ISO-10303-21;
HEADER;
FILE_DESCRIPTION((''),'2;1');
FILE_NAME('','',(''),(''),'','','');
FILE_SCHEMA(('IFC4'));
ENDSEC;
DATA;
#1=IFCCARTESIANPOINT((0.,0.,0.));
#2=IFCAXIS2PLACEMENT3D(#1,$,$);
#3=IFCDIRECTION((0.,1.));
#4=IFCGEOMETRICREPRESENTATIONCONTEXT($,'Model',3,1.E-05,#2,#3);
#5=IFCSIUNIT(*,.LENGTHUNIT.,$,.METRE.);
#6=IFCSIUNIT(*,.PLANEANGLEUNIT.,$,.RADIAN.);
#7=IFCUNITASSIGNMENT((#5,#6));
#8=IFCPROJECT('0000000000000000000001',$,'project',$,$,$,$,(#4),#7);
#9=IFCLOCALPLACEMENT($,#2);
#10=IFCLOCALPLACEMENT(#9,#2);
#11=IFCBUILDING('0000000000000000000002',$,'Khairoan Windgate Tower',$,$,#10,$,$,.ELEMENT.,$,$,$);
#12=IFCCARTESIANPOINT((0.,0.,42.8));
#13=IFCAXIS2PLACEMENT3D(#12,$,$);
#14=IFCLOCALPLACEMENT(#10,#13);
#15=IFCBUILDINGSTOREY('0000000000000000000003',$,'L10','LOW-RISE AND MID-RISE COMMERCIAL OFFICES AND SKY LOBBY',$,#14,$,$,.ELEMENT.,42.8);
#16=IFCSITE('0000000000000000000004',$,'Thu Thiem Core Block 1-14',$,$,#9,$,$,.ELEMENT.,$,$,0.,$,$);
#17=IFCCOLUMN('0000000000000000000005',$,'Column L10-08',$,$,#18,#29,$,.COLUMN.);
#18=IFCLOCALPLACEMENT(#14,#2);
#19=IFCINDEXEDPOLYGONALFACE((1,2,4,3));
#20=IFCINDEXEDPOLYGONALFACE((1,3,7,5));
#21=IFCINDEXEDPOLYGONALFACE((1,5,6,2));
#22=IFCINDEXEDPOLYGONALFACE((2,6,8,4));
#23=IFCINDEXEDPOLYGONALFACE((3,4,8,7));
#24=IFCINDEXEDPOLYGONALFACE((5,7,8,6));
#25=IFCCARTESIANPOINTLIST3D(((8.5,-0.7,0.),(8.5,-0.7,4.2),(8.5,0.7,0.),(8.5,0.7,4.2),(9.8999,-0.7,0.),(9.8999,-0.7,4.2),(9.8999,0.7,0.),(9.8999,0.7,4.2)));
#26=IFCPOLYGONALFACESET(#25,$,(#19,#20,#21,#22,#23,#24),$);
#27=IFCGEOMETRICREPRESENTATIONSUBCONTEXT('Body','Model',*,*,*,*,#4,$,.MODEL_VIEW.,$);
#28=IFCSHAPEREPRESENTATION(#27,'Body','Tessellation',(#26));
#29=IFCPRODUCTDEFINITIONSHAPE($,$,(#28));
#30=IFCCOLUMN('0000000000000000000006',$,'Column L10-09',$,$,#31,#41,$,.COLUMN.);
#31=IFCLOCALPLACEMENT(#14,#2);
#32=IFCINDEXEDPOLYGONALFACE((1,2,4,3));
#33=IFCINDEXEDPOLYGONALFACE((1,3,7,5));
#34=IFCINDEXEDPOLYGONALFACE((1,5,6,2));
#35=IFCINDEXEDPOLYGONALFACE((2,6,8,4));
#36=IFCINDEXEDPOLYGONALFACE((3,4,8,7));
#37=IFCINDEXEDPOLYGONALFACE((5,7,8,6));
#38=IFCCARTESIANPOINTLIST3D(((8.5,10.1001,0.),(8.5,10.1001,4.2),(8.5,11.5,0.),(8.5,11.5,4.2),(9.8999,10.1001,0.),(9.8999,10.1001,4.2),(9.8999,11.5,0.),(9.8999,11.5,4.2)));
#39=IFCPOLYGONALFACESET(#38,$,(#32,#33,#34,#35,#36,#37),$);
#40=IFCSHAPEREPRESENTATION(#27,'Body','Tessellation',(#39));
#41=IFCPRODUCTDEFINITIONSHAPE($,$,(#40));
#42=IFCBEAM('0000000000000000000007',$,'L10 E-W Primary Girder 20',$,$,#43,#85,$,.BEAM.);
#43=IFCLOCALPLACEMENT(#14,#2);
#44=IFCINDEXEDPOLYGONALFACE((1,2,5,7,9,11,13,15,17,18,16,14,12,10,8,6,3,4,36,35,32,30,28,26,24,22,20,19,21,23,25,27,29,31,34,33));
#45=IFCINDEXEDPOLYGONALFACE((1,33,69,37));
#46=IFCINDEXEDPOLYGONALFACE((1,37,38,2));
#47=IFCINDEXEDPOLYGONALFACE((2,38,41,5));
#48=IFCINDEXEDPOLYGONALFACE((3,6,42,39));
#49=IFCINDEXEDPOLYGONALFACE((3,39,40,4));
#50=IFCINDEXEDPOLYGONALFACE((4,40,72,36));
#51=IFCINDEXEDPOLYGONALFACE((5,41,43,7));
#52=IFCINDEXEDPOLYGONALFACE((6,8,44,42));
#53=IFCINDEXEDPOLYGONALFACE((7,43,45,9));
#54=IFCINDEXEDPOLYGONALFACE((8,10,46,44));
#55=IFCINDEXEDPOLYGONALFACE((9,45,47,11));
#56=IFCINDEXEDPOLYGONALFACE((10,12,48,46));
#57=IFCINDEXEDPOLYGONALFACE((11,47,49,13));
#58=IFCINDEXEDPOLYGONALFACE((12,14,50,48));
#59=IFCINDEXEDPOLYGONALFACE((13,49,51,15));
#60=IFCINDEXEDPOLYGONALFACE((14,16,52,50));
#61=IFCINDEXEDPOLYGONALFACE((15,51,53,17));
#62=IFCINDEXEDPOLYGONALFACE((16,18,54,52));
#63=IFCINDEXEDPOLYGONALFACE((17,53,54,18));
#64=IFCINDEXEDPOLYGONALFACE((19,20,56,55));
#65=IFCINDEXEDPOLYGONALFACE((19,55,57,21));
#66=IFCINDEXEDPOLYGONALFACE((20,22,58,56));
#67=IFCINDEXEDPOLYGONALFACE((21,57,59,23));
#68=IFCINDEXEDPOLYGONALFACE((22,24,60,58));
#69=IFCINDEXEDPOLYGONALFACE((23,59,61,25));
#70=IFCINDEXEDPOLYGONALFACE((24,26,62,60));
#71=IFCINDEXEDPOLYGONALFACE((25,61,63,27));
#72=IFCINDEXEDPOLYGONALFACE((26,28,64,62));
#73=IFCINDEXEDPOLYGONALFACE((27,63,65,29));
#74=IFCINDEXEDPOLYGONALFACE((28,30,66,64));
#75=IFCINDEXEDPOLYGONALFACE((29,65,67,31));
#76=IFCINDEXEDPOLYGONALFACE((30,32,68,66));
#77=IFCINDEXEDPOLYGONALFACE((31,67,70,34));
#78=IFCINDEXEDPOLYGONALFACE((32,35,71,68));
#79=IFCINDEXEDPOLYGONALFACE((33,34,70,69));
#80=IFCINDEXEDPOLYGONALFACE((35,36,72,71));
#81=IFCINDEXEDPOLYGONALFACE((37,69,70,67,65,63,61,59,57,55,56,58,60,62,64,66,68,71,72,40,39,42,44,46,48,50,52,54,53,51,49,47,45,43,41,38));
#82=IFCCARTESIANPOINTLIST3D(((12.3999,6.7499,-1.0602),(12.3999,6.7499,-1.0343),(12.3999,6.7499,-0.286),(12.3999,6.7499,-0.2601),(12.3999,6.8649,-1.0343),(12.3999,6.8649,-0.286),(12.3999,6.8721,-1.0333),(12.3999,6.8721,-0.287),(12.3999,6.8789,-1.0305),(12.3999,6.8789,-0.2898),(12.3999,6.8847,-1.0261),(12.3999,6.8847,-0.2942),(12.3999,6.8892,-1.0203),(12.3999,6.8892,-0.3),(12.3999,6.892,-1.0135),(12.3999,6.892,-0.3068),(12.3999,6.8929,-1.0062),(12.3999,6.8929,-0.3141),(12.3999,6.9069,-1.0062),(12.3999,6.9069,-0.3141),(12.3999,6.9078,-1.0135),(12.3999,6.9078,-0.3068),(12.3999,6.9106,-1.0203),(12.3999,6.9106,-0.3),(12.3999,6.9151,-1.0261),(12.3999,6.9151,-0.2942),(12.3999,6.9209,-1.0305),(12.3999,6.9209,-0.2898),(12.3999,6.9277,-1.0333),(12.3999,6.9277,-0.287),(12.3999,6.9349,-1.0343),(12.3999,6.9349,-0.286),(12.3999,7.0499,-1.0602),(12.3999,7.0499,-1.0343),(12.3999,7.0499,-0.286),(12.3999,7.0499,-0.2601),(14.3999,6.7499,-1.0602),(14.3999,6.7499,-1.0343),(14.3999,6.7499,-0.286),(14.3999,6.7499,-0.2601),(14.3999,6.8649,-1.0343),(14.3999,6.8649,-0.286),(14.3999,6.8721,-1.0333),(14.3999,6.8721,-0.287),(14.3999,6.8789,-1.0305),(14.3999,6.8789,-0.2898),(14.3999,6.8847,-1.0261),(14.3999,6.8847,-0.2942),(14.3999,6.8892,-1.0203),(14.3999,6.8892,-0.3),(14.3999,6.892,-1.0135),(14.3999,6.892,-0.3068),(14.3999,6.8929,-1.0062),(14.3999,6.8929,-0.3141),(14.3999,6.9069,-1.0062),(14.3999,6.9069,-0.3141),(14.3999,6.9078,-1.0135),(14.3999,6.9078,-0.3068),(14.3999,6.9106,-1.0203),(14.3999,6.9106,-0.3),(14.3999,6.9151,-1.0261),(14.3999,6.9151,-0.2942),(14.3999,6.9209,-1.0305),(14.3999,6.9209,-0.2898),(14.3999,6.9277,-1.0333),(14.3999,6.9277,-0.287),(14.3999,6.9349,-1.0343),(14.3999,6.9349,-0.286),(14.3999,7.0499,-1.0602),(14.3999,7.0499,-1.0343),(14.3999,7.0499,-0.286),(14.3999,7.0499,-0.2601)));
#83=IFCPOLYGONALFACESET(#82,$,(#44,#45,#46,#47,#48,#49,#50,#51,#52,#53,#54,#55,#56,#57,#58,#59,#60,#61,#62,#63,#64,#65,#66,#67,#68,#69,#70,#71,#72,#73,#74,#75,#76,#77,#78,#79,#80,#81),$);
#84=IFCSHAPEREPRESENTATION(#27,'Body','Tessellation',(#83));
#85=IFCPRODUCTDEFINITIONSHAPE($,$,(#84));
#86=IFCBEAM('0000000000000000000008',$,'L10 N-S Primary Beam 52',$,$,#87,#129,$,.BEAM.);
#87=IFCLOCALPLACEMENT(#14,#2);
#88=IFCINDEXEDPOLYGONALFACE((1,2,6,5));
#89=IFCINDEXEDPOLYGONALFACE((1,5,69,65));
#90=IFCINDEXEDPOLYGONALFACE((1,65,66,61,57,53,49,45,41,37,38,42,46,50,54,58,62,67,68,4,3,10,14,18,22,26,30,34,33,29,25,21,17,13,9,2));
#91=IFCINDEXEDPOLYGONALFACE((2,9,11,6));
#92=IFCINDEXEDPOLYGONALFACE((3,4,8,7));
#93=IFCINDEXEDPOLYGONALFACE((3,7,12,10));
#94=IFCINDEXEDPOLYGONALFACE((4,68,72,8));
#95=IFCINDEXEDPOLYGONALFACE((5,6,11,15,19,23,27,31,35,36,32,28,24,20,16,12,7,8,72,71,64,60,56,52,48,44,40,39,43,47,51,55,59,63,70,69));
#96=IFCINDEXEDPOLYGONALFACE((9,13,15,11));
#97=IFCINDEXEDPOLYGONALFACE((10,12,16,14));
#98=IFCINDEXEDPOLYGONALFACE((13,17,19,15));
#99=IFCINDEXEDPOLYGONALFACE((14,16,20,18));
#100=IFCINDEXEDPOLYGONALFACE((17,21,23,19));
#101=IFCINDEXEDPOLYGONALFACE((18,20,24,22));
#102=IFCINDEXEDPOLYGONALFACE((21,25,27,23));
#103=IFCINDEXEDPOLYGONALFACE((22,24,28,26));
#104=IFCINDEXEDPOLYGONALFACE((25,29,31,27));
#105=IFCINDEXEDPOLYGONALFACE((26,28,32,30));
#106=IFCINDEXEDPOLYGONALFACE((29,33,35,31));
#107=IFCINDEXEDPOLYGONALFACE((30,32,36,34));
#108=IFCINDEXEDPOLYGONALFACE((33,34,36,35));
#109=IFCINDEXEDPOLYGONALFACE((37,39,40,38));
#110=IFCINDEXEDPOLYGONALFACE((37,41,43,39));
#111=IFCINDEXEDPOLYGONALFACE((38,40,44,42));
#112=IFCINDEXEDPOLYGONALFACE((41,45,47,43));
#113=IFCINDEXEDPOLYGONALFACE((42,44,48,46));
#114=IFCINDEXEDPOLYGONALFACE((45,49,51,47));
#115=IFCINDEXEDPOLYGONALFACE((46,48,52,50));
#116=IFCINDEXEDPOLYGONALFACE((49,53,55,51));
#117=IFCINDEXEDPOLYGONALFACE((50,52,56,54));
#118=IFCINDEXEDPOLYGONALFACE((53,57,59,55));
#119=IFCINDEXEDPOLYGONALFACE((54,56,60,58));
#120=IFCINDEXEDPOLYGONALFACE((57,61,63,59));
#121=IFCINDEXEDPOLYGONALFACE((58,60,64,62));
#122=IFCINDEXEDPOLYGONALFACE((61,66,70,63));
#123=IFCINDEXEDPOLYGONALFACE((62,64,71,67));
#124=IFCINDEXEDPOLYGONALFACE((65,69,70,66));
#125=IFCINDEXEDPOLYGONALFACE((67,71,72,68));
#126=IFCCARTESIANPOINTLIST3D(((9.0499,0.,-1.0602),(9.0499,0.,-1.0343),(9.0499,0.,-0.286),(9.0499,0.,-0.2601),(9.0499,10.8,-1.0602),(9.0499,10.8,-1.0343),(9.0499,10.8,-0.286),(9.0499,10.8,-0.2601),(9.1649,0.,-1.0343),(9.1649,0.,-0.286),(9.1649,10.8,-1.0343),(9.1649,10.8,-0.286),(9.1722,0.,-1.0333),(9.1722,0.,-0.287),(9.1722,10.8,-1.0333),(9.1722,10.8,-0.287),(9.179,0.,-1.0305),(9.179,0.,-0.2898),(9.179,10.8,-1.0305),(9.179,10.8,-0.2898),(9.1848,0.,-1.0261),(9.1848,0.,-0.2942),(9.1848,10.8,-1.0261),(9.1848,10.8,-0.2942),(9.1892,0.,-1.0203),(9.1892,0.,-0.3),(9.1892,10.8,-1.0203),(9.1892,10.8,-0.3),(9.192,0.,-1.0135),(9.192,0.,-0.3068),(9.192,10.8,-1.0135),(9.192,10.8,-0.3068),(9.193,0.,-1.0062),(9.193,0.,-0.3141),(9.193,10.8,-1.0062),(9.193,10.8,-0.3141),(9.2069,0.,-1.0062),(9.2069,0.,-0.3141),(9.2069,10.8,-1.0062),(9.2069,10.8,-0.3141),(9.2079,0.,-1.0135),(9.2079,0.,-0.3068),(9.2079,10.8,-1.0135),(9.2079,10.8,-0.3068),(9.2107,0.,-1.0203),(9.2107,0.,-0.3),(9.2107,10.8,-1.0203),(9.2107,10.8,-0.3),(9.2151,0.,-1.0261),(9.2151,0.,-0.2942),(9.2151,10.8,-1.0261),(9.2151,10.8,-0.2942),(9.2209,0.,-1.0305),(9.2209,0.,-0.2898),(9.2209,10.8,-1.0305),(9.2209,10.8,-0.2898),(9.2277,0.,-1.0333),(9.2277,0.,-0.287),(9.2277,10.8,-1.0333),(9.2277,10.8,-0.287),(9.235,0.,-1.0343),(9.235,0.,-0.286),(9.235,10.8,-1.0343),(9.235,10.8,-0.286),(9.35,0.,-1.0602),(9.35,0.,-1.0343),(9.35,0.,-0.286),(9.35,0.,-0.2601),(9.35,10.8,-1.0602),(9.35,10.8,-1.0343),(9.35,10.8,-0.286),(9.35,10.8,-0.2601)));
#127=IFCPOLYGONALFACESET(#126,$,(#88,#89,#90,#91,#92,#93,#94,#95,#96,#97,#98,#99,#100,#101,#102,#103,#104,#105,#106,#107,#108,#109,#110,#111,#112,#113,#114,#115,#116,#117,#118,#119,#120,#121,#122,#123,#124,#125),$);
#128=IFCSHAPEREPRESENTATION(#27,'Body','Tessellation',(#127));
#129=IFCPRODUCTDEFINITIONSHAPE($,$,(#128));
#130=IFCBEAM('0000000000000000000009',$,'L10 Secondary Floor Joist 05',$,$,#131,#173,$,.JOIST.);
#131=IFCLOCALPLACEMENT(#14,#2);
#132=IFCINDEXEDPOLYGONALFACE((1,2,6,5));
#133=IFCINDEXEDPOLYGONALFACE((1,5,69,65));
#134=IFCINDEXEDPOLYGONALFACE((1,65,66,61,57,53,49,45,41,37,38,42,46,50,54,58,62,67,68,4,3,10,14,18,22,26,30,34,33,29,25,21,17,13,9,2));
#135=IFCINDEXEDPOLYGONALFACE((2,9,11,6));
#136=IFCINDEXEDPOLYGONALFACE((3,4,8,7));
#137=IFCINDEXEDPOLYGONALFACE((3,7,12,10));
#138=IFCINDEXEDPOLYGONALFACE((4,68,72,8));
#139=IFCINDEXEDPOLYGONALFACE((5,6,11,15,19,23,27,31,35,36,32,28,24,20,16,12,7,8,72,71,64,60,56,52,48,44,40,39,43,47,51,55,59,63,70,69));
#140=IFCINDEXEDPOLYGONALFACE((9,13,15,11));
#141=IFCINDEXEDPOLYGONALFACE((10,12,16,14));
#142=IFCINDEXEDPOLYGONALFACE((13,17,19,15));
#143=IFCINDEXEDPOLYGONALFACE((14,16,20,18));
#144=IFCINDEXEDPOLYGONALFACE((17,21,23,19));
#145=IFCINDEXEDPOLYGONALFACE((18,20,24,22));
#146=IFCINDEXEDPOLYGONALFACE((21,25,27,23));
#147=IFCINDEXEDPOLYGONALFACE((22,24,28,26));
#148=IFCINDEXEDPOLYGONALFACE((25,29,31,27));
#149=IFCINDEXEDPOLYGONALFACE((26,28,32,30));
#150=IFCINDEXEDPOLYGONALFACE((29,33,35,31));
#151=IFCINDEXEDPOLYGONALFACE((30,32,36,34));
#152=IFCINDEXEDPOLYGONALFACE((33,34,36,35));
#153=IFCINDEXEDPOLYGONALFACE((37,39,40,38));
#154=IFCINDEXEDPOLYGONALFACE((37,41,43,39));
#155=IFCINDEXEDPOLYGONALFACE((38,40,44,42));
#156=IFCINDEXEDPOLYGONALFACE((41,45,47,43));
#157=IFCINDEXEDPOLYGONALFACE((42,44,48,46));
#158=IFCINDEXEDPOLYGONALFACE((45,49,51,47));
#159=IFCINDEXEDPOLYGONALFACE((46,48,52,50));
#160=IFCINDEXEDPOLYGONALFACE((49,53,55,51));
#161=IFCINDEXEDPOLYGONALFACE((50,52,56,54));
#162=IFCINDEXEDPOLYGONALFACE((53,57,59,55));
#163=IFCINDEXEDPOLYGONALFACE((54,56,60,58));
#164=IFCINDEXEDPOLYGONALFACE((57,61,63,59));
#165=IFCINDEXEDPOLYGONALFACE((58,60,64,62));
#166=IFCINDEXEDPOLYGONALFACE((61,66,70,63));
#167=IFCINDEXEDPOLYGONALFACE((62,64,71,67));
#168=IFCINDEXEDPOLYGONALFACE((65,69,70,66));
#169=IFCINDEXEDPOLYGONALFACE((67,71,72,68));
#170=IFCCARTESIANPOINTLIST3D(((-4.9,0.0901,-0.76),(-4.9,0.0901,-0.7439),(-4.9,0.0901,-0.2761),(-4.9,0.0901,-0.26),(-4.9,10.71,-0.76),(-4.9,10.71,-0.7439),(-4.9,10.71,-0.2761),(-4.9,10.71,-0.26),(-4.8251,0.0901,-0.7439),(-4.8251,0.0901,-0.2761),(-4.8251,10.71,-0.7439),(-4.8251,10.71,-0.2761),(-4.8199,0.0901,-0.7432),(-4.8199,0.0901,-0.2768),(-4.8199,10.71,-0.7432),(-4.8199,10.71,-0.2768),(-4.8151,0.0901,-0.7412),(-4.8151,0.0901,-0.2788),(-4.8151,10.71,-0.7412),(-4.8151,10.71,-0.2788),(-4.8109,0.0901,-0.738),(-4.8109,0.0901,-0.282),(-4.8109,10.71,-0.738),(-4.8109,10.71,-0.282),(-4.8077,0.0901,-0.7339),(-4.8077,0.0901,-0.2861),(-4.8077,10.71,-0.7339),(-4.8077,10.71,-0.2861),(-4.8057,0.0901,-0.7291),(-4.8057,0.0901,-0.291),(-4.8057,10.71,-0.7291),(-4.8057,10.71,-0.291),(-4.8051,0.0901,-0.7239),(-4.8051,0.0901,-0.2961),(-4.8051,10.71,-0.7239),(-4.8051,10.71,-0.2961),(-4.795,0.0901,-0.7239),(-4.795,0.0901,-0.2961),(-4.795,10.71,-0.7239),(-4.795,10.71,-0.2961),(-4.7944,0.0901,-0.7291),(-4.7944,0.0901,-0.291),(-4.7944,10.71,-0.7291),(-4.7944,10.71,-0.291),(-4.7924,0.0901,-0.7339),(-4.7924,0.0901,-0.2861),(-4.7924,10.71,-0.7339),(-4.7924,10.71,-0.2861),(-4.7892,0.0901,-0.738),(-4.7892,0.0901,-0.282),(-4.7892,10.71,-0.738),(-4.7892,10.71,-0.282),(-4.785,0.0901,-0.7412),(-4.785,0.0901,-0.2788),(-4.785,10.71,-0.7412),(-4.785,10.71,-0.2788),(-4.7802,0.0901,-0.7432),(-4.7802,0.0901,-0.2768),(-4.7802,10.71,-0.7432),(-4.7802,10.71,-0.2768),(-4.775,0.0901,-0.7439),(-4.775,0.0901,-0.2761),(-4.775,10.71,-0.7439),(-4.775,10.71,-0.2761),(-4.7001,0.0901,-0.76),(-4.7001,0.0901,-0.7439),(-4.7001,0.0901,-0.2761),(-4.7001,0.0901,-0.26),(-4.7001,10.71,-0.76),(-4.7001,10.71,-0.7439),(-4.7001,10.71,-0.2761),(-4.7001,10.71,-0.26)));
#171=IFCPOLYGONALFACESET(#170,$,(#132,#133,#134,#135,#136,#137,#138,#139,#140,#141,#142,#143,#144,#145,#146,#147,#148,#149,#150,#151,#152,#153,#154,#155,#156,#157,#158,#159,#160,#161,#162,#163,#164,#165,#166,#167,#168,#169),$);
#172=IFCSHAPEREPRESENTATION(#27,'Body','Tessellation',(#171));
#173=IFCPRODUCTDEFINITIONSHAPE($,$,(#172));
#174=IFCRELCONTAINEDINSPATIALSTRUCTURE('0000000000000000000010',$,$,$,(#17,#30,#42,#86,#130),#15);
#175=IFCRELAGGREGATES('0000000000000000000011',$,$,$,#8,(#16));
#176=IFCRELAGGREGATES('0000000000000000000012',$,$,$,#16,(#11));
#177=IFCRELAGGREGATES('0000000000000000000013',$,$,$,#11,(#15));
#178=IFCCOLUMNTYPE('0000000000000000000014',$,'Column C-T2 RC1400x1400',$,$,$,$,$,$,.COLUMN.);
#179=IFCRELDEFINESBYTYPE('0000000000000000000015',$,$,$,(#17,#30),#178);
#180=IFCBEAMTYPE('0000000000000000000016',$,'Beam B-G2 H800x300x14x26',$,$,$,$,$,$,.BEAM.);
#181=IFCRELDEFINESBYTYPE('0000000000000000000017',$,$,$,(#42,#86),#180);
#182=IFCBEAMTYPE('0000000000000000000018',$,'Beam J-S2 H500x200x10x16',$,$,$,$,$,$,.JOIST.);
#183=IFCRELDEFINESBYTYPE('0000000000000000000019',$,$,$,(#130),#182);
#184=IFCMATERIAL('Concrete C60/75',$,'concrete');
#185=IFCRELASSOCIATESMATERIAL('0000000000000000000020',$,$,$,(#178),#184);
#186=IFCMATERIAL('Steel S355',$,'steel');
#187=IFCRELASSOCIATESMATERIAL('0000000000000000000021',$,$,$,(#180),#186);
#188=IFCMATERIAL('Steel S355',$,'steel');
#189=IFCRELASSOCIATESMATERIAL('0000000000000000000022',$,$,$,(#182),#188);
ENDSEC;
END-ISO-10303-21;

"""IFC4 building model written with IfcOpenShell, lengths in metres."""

from ifc_helpers import new_model, si_unit, direction, frame, origin, origin_2d, place, context, subcontext, project, spatial, rectangle, i_section, extrude, material, material_profile, profile_set, type_object, element, save


model = new_model("IFC4")

# Units and contexts
model_context = context("Model", 3, precision=1e-05, world=origin(), true_north=direction((0.0, 1.0)))
body_context = subcontext(model_context, "Body", "Model", "MODEL_VIEW")
ifc_project = project(units=[si_unit("LENGTHUNIT", "METRE"), si_unit("PLANEANGLEUNIT", "RADIAN")], contexts=[model_context])

# Site, building, storey
site_placement = place(None, origin())
site = spatial("IfcSite", under=ifc_project, at=site_placement, Name="Thu Thiem Core Block 1-14", CompositionType="ELEMENT", RefElevation=0.0)
building_placement = place(site_placement, origin())
building = spatial("IfcBuilding", under=site, at=building_placement, Name="Khairoan Windgate Tower", CompositionType="ELEMENT")
storey_placement = place(building_placement, frame((0.0, 0.0, 42.8)))
storey = spatial("IfcBuildingStorey", under=building, at=storey_placement, Name="L10", Description="LOW-RISE AND MID-RISE COMMERCIAL OFFICES AND SKY LOBBY", CompositionType="ELEMENT", Elevation=42.8)

# Columns
ifc_material_1 = material(Name="Concrete C60/75", Category="concrete")
ifc_material_profile_1 = material_profile(ifc_material_1, rectangle(XDim=1.3999, YDim=1.3999, at=origin_2d()))
ifc_profile_set_1 = profile_set([ifc_material_profile_1], Name="Concrete C60/75")
column_type = type_object("IfcColumnType", Name="Column C-T2 RC1400x1400", PredefinedType="COLUMN", material=ifc_profile_set_1)
for number, where, z_axis, x_axis, name in (
    (1, (9.2, 0.0, 0.0), (0.0, 0.0, 1.0), (1.0, 0.0, 0.0), "Column L10-08"),
    (2, (9.2, 10.8, 0.0), (0.0, 0.0, 1.0), (1.0, 0.0, 0.0), "Column L10-09"),
):
    element("IfcColumn", number, at=place(storey_placement, frame(where, z_axis=z_axis, x_axis=x_axis)), inside=storey, type_object=column_type, Name=name, PredefinedType="COLUMN", context=body_context, shape_type="SweptSolid", body=[
        extrude(rectangle(XDim=1.3999, YDim=1.3999, at=origin_2d()), origin(), (0.0, 0.0, 1.0), 4.2),
    ])

# Beams
ifc_material_2 = material(Name="Steel S355", Category="steel")
ifc_material_profile_2 = material_profile(ifc_material_2, i_section(OverallWidth=0.3, OverallDepth=0.8, WebThickness=0.0139, FlangeThickness=0.0259, FilletRadius=0.0281, at=origin_2d()))
ifc_profile_set_2 = profile_set([ifc_material_profile_2], Name="Steel S355")
beam_type_1 = type_object("IfcBeamType", Name="Beam B-G2 H800x300x14x26", PredefinedType="BEAM", material=ifc_profile_set_2)
beam_1_placement = place(storey_placement, frame((12.3999, 6.8999, -0.6602), z_axis=(1.0, 0.0, 0.0), x_axis=(0.0, 1.0, 0.0)))
element("IfcBeam", 3, at=beam_1_placement, inside=storey, type_object=beam_type_1, Name="L10 E-W Primary Girder 20", PredefinedType="BEAM", context=body_context, shape_type="SweptSolid", body=[
    extrude(i_section(OverallWidth=0.3, OverallDepth=0.8, WebThickness=0.0139, FlangeThickness=0.0259, FilletRadius=0.0281, at=origin_2d()), origin(), (0.0, 0.0, 1.0), 2.0),
])
beam_2_placement = place(storey_placement, frame((9.2, 0.0, -0.6602), z_axis=(0.0, 1.0, 0.0), x_axis=(-1.0, 0.0, 0.0)))
element("IfcBeam", 4, at=beam_2_placement, inside=storey, type_object=beam_type_1, Name="L10 N-S Primary Beam 52", PredefinedType="BEAM", context=body_context, shape_type="SweptSolid", body=[
    extrude(i_section(OverallWidth=0.3, OverallDepth=0.8, WebThickness=0.0139, FlangeThickness=0.0259, FilletRadius=0.0281, at=origin_2d()), origin(), (0.0, 0.0, 1.0), 10.8),
])
ifc_material_3 = material(Name="Steel S355", Category="steel")
ifc_material_profile_3 = material_profile(ifc_material_3, i_section(OverallWidth=0.2, OverallDepth=0.5, WebThickness=0.01, FlangeThickness=0.0161, FilletRadius=0.02, at=origin_2d()))
ifc_profile_set_3 = profile_set([ifc_material_profile_3], Name="Steel S355")
beam_type_2 = type_object("IfcBeamType", Name="Beam J-S2 H500x200x10x16", PredefinedType="JOIST", material=ifc_profile_set_3)
for number, where, z_axis, x_axis, name in (
    (5, (-4.8, 0.0901, -0.51), (0.0, 1.0, 0.0), (-1.0, 0.0, 0.0), "L10 Secondary Floor Joist 05"),
):
    element("IfcBeam", number, at=place(storey_placement, frame(where, z_axis=z_axis, x_axis=x_axis)), inside=storey, type_object=beam_type_2, Name=name, PredefinedType="JOIST", context=body_context, shape_type="SweptSolid", body=[
        extrude(i_section(OverallWidth=0.2, OverallDepth=0.5, WebThickness=0.01, FlangeThickness=0.0161, FilletRadius=0.02, at=origin_2d()), origin(), (0.0, 0.0, 1.0), 10.6199),
    ])

save(model, "model.ifc")
